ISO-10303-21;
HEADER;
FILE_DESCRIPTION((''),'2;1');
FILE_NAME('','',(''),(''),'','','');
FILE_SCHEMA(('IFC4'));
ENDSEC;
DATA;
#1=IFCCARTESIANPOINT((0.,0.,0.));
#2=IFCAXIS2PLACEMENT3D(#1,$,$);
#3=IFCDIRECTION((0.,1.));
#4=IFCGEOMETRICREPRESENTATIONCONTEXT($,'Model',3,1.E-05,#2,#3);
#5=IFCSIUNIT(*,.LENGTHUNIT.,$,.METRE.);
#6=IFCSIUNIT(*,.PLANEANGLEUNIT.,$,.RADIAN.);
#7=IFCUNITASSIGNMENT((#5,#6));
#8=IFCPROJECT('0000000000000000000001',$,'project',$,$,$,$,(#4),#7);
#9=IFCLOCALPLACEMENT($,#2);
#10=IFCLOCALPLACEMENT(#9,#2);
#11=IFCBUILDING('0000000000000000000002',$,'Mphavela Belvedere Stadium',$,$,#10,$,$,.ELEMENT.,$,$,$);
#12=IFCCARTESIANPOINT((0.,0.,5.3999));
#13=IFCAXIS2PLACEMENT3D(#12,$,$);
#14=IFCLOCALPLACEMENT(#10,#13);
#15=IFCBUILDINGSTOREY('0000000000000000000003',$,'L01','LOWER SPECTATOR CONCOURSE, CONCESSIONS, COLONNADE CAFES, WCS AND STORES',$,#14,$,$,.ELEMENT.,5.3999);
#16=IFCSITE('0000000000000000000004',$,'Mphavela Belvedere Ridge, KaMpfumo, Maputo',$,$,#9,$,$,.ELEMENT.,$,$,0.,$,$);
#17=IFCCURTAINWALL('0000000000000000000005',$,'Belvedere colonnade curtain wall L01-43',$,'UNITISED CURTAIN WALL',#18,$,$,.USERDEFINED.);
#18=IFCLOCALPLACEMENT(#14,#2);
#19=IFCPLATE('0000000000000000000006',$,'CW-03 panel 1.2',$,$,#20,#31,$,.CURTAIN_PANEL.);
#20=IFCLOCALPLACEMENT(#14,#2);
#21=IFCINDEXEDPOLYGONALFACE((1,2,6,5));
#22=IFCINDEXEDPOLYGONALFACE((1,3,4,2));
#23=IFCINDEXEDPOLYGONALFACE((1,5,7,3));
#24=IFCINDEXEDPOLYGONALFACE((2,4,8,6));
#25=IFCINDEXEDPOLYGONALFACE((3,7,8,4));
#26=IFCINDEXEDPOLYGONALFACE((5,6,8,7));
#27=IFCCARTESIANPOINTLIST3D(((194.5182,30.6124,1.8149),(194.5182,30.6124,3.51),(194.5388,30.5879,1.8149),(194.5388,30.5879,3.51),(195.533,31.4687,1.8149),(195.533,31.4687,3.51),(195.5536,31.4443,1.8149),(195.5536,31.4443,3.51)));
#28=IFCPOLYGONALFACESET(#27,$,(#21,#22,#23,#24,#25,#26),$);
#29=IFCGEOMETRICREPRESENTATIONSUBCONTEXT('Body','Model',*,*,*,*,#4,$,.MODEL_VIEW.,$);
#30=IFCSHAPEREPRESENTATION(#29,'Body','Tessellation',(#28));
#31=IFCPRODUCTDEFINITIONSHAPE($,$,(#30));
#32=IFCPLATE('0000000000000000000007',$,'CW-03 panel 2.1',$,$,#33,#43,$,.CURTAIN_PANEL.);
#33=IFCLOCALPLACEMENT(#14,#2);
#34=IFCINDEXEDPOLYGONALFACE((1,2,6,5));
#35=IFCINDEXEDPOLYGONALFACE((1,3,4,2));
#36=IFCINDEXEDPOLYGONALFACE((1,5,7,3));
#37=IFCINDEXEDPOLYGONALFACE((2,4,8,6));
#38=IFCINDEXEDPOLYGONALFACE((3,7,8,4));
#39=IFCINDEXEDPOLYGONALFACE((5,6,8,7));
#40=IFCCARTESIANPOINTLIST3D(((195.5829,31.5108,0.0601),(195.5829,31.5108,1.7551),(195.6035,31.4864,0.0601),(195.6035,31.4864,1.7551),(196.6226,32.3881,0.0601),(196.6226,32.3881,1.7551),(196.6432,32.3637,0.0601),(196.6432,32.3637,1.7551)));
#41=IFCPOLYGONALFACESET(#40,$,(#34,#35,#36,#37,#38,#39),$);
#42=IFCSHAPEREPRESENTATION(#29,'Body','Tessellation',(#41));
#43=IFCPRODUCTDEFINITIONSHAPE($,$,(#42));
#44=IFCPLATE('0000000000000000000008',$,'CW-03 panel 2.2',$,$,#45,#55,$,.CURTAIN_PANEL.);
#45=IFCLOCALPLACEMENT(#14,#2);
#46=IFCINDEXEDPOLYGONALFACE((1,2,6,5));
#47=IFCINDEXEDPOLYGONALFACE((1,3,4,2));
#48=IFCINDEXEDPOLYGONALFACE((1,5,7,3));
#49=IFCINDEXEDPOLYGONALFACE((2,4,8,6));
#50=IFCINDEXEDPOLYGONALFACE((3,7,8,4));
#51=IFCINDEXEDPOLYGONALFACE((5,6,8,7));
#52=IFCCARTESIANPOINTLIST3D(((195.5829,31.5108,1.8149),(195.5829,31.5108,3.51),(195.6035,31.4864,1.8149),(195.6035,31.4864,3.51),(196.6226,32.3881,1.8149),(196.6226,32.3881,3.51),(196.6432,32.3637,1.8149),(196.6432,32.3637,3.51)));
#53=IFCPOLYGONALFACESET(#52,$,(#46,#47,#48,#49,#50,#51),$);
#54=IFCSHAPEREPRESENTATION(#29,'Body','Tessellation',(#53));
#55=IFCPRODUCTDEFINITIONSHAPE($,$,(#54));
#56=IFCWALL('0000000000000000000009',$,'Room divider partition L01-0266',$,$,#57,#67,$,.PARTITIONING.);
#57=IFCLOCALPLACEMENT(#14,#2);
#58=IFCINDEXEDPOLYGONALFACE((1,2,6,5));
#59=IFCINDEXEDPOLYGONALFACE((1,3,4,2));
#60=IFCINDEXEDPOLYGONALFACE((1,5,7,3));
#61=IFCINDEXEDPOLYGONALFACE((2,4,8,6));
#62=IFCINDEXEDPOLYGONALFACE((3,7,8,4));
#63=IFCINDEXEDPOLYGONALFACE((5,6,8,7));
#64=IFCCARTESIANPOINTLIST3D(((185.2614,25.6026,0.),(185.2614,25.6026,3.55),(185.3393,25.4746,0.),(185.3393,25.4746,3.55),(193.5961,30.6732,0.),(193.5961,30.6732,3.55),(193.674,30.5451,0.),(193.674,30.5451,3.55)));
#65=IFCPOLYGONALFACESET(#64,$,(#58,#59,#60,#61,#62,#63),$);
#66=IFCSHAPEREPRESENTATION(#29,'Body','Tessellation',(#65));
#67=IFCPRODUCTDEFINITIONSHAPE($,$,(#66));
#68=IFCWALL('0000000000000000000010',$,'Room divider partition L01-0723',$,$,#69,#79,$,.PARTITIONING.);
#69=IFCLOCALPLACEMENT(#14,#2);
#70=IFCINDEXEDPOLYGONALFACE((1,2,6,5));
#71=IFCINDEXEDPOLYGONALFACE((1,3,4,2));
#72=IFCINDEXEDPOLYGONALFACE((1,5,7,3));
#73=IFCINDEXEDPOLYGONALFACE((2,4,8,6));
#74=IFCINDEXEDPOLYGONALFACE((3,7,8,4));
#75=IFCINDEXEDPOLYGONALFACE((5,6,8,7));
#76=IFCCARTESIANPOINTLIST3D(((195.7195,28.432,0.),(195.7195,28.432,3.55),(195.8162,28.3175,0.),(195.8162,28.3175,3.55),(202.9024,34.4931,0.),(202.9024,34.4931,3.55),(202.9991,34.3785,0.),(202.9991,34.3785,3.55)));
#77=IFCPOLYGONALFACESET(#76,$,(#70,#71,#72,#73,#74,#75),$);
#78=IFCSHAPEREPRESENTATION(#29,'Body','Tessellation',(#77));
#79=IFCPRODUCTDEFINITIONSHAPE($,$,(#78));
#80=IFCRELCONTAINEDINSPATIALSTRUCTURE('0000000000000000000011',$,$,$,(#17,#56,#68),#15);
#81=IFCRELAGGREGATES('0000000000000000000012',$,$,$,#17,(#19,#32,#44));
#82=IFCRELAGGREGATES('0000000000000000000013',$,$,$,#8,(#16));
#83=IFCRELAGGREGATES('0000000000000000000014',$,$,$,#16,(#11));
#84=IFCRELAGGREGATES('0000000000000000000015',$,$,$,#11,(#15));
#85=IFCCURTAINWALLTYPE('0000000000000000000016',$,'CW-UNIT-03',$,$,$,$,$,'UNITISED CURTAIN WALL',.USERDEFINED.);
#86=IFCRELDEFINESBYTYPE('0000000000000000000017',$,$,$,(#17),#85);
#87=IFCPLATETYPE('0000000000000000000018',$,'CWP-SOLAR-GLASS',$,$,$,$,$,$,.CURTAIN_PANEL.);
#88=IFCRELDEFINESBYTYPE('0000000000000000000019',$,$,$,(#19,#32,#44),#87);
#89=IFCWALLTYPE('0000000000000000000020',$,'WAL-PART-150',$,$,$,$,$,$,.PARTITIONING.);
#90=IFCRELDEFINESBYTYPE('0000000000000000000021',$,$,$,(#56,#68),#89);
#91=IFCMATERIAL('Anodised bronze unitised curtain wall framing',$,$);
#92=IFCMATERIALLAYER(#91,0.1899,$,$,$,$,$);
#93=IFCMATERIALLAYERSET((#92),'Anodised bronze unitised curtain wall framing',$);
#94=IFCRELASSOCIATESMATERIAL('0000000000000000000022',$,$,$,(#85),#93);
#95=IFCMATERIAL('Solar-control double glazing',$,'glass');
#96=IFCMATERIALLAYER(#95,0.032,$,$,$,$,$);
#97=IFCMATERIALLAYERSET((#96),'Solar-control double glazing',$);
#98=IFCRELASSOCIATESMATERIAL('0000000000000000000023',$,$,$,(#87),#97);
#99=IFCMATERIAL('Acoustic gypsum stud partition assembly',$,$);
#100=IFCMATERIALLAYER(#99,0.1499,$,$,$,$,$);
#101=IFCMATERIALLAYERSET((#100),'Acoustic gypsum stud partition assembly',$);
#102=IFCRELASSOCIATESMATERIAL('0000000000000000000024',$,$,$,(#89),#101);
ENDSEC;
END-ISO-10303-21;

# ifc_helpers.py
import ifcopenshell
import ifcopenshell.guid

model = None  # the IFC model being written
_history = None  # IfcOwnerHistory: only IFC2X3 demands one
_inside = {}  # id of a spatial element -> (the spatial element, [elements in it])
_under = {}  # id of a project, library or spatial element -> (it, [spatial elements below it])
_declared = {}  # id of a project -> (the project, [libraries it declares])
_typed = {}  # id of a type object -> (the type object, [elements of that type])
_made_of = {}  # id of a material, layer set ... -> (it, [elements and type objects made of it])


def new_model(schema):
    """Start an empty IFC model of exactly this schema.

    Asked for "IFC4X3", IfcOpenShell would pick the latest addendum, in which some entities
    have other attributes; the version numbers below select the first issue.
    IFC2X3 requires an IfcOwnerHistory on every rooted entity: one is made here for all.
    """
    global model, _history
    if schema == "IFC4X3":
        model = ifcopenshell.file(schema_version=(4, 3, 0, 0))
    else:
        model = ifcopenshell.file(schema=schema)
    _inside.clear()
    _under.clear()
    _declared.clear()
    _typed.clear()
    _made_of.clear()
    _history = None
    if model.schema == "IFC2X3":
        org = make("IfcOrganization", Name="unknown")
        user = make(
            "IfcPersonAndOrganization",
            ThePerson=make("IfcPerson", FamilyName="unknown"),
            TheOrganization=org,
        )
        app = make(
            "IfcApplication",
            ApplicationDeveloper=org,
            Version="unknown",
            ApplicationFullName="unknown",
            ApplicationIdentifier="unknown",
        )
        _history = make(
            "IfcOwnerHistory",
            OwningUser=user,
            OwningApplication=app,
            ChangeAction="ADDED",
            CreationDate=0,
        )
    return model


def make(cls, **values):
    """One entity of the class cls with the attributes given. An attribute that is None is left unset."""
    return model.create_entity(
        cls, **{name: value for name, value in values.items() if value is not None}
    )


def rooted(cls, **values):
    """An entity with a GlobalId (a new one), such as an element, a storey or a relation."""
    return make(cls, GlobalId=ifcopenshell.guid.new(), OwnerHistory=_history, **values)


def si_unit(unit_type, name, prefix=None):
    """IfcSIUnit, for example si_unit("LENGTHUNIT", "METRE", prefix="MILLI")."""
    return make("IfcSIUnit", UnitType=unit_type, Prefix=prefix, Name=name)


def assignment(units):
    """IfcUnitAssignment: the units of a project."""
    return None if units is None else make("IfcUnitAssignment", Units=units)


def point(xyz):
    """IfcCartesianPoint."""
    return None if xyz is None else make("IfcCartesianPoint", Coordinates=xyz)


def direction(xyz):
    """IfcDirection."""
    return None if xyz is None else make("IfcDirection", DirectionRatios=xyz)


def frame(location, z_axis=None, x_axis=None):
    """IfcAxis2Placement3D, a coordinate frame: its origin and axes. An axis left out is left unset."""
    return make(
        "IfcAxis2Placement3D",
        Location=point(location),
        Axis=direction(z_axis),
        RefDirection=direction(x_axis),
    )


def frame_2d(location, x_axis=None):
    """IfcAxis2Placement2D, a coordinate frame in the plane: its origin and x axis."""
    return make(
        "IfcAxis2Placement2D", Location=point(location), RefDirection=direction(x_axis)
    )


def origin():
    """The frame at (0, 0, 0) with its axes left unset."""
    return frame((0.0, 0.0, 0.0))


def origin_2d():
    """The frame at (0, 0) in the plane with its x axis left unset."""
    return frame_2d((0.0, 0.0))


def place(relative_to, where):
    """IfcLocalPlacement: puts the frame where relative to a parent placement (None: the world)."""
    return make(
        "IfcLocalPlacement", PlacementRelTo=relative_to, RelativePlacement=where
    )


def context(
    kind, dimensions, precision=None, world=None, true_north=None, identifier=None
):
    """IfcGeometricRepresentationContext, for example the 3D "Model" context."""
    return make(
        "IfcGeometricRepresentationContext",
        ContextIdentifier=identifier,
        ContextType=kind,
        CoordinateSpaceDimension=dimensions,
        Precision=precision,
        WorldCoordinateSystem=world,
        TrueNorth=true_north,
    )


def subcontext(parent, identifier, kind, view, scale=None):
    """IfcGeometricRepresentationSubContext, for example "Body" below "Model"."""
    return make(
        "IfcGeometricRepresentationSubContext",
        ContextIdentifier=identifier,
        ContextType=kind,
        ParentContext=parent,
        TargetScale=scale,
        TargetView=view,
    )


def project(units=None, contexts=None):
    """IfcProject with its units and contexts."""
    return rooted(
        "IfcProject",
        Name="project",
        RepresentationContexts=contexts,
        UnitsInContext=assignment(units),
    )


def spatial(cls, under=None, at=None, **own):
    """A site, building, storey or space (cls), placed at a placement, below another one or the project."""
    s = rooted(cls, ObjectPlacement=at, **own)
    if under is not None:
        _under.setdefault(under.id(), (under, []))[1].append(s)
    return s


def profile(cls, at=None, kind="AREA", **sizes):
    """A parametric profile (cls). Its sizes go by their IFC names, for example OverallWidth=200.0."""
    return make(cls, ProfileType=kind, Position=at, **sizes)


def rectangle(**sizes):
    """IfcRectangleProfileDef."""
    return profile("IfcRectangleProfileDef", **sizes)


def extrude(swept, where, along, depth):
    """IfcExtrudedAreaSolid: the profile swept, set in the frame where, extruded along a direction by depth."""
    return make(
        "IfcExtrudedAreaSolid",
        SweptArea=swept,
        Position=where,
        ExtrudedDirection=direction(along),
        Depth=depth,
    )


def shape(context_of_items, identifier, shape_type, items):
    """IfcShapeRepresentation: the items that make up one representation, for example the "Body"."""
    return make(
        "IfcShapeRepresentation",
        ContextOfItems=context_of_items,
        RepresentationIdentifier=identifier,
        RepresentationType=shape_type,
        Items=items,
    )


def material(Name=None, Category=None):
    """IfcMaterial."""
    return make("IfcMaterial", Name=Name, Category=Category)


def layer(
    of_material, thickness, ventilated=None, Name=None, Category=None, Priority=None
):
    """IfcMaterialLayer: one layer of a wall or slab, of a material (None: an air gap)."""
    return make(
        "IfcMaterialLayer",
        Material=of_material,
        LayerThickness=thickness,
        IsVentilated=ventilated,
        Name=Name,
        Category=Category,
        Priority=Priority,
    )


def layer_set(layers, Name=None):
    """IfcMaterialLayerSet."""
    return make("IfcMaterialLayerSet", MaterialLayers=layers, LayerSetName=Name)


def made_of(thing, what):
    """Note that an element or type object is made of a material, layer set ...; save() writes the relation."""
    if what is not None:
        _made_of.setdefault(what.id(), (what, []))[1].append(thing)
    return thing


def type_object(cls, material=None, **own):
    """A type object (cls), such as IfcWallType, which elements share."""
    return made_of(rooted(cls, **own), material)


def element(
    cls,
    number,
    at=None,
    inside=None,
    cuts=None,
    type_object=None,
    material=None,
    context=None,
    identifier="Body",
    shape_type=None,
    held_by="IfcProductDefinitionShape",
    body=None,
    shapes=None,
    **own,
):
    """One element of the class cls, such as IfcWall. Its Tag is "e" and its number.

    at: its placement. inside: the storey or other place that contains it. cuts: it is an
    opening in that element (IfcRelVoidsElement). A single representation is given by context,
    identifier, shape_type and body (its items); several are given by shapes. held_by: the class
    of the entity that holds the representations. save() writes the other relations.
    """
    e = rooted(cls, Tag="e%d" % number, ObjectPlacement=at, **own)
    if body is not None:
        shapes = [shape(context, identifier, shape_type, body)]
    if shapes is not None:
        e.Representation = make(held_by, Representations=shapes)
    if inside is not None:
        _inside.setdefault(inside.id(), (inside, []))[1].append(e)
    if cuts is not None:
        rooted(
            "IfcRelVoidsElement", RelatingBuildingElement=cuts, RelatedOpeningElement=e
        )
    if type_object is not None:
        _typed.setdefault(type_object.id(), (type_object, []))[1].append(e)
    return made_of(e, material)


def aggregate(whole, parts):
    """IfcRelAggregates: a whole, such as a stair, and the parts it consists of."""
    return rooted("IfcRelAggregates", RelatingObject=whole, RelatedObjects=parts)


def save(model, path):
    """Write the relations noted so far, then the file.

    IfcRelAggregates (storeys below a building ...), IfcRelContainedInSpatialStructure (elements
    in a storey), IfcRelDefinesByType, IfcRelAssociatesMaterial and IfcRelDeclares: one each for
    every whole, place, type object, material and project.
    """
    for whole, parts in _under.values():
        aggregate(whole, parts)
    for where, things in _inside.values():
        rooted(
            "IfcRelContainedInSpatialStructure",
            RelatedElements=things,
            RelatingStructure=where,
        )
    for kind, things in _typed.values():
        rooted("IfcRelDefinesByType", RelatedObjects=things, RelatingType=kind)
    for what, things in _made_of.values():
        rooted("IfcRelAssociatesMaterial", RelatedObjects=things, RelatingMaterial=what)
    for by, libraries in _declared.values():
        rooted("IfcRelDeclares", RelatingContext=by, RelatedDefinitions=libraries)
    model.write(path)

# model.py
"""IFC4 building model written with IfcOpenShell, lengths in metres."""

from ifc_helpers import new_model, si_unit, direction, frame, frame_2d, origin, origin_2d, place, context, subcontext, project, spatial, rectangle, extrude, material, layer, layer_set, type_object, element, aggregate, save


model = new_model("IFC4")

# Units and contexts
model_context = context("Model", 3, precision=1e-05, world=origin(), true_north=direction((0.0, 1.0)))
body_context = subcontext(model_context, "Body", "Model", "MODEL_VIEW")
ifc_project = project(units=[si_unit("LENGTHUNIT", "METRE"), si_unit("PLANEANGLEUNIT", "RADIAN")], contexts=[model_context])

# Site, building, storey
site_placement = place(None, origin())
site = spatial("IfcSite", under=ifc_project, at=site_placement, Name="Mphavela Belvedere Ridge, KaMpfumo, Maputo", CompositionType="ELEMENT", RefElevation=0.0)
building_placement = place(site_placement, origin())
building = spatial("IfcBuilding", under=site, at=building_placement, Name="Mphavela Belvedere Stadium", CompositionType="ELEMENT")
storey_placement = place(building_placement, frame((0.0, 0.0, 5.3999)))
storey = spatial("IfcBuildingStorey", under=building, at=storey_placement, Name="L01", Description="LOWER SPECTATOR CONCOURSE, CONCESSIONS, COLONNADE CAFES, WCS AND STORES", CompositionType="ELEMENT", Elevation=5.3999)

# Curtain wall
ifc_material_1 = material(Name="Anodised bronze unitised curtain wall framing")
ifc_layer_1 = layer(ifc_material_1, 0.1899)
ifc_layer_set_1 = layer_set([ifc_layer_1], Name="Anodised bronze unitised curtain wall framing")
curtain_wall_type_1 = type_object("IfcCurtainWallType", Name="CW-UNIT-03", ElementType="UNITISED CURTAIN WALL", PredefinedType="USERDEFINED", material=ifc_layer_set_1)
curtain_wall_1_placement = place(storey_placement, origin())
curtain_wall_1 = element("IfcCurtainWall", 1, at=curtain_wall_1_placement, inside=storey, type_object=curtain_wall_type_1, Name="Belvedere colonnade curtain wall L01-43", ObjectType="UNITISED CURTAIN WALL", PredefinedType="USERDEFINED")

# Plates
ifc_material_2 = material(Name="Solar-control double glazing", Category="glass")
ifc_layer_2 = layer(ifc_material_2, 0.032)
ifc_layer_set_2 = layer_set([ifc_layer_2], Name="Solar-control double glazing")
plate_type = type_object("IfcPlateType", Name="CWP-SOLAR-GLASS", PredefinedType="CURTAIN_PANEL", material=ifc_layer_set_2)
plate_1_placement = place(storey_placement, frame((195.0359, 31.0283, 1.8149), z_axis=(0.0, 0.0, 1.0), x_axis=(0.764259, 0.64491, 0.0)))
plate_1 = element("IfcPlate", 2, at=plate_1_placement, type_object=plate_type, Name="CW-03 panel 1.2", PredefinedType="CURTAIN_PANEL", context=body_context, shape_type="SweptSolid", body=[
    extrude(rectangle(XDim=1.3279, YDim=0.032, at=origin_2d()), origin(), (0.0, 0.0, 1.0), 1.6951),
])
plate_2_placement = place(storey_placement, frame((196.113, 31.9373, 0.0601), z_axis=(0.0, 0.0, 1.0), x_axis=(0.764259, 0.64491, 0.0)))
plate_2 = element("IfcPlate", 3, at=plate_2_placement, type_object=plate_type, Name="CW-03 panel 2.1", PredefinedType="CURTAIN_PANEL", context=body_context, shape_type="SweptSolid", body=[
    extrude(rectangle(XDim=1.3604, YDim=0.032, at=origin_2d()), origin(), (0.0, 0.0, 1.0), 1.6951),
])
plate_3_placement = place(storey_placement, frame((196.113, 31.9373, 1.8149), z_axis=(0.0, 0.0, 1.0), x_axis=(0.764259, 0.64491, 0.0)))
plate_3 = element("IfcPlate", 4, at=plate_3_placement, type_object=plate_type, Name="CW-03 panel 2.2", PredefinedType="CURTAIN_PANEL", context=body_context, shape_type="SweptSolid", body=[
    extrude(rectangle(XDim=1.3604, YDim=0.032, at=origin_2d()), origin(), (0.0, 0.0, 1.0), 1.6951),
])
aggregate(curtain_wall_1, [plate_1, plate_2, plate_3])

# Walls
ifc_material_3 = material(Name="Acoustic gypsum stud partition assembly")
ifc_layer_3 = layer(ifc_material_3, 0.1499)
ifc_layer_set_3 = layer_set([ifc_layer_3], Name="Acoustic gypsum stud partition assembly")
wall_type = type_object("IfcWallType", Name="WAL-PART-150", PredefinedType="PARTITIONING", material=ifc_layer_set_3)
wall_1_placement = place(storey_placement, frame((193.635, 30.6091, 0.0), z_axis=(0.0, 0.0, 1.0), x_axis=(-0.854324, -0.519741, 0.0)))
element("IfcWall", 5, at=wall_1_placement, inside=storey, type_object=wall_type, Name="Room divider partition L01-0266", PredefinedType="PARTITIONING", context=body_context, shape_type="SweptSolid", body=[
    extrude(rectangle(XDim=9.7559, YDim=0.1499, at=frame_2d((4.8779, 0.0))), origin(), (0.0, 0.0, 1.0), 3.55),
])
wall_2_placement = place(storey_placement, frame((195.7678, 28.3748, 0.0), z_axis=(0.0, 0.0, 1.0), x_axis=(0.764265, 0.644902, 0.0)))
element("IfcWall", 6, at=wall_2_placement, inside=storey, type_object=wall_type, Name="Room divider partition L01-0723", PredefinedType="PARTITIONING", context=body_context, shape_type="SweptSolid", body=[
    extrude(rectangle(XDim=9.3984, YDim=0.1499, at=frame_2d((4.6992, 0.0))), origin(), (0.0, 0.0, 1.0), 3.55),
])

save(model, "model.ifc")
